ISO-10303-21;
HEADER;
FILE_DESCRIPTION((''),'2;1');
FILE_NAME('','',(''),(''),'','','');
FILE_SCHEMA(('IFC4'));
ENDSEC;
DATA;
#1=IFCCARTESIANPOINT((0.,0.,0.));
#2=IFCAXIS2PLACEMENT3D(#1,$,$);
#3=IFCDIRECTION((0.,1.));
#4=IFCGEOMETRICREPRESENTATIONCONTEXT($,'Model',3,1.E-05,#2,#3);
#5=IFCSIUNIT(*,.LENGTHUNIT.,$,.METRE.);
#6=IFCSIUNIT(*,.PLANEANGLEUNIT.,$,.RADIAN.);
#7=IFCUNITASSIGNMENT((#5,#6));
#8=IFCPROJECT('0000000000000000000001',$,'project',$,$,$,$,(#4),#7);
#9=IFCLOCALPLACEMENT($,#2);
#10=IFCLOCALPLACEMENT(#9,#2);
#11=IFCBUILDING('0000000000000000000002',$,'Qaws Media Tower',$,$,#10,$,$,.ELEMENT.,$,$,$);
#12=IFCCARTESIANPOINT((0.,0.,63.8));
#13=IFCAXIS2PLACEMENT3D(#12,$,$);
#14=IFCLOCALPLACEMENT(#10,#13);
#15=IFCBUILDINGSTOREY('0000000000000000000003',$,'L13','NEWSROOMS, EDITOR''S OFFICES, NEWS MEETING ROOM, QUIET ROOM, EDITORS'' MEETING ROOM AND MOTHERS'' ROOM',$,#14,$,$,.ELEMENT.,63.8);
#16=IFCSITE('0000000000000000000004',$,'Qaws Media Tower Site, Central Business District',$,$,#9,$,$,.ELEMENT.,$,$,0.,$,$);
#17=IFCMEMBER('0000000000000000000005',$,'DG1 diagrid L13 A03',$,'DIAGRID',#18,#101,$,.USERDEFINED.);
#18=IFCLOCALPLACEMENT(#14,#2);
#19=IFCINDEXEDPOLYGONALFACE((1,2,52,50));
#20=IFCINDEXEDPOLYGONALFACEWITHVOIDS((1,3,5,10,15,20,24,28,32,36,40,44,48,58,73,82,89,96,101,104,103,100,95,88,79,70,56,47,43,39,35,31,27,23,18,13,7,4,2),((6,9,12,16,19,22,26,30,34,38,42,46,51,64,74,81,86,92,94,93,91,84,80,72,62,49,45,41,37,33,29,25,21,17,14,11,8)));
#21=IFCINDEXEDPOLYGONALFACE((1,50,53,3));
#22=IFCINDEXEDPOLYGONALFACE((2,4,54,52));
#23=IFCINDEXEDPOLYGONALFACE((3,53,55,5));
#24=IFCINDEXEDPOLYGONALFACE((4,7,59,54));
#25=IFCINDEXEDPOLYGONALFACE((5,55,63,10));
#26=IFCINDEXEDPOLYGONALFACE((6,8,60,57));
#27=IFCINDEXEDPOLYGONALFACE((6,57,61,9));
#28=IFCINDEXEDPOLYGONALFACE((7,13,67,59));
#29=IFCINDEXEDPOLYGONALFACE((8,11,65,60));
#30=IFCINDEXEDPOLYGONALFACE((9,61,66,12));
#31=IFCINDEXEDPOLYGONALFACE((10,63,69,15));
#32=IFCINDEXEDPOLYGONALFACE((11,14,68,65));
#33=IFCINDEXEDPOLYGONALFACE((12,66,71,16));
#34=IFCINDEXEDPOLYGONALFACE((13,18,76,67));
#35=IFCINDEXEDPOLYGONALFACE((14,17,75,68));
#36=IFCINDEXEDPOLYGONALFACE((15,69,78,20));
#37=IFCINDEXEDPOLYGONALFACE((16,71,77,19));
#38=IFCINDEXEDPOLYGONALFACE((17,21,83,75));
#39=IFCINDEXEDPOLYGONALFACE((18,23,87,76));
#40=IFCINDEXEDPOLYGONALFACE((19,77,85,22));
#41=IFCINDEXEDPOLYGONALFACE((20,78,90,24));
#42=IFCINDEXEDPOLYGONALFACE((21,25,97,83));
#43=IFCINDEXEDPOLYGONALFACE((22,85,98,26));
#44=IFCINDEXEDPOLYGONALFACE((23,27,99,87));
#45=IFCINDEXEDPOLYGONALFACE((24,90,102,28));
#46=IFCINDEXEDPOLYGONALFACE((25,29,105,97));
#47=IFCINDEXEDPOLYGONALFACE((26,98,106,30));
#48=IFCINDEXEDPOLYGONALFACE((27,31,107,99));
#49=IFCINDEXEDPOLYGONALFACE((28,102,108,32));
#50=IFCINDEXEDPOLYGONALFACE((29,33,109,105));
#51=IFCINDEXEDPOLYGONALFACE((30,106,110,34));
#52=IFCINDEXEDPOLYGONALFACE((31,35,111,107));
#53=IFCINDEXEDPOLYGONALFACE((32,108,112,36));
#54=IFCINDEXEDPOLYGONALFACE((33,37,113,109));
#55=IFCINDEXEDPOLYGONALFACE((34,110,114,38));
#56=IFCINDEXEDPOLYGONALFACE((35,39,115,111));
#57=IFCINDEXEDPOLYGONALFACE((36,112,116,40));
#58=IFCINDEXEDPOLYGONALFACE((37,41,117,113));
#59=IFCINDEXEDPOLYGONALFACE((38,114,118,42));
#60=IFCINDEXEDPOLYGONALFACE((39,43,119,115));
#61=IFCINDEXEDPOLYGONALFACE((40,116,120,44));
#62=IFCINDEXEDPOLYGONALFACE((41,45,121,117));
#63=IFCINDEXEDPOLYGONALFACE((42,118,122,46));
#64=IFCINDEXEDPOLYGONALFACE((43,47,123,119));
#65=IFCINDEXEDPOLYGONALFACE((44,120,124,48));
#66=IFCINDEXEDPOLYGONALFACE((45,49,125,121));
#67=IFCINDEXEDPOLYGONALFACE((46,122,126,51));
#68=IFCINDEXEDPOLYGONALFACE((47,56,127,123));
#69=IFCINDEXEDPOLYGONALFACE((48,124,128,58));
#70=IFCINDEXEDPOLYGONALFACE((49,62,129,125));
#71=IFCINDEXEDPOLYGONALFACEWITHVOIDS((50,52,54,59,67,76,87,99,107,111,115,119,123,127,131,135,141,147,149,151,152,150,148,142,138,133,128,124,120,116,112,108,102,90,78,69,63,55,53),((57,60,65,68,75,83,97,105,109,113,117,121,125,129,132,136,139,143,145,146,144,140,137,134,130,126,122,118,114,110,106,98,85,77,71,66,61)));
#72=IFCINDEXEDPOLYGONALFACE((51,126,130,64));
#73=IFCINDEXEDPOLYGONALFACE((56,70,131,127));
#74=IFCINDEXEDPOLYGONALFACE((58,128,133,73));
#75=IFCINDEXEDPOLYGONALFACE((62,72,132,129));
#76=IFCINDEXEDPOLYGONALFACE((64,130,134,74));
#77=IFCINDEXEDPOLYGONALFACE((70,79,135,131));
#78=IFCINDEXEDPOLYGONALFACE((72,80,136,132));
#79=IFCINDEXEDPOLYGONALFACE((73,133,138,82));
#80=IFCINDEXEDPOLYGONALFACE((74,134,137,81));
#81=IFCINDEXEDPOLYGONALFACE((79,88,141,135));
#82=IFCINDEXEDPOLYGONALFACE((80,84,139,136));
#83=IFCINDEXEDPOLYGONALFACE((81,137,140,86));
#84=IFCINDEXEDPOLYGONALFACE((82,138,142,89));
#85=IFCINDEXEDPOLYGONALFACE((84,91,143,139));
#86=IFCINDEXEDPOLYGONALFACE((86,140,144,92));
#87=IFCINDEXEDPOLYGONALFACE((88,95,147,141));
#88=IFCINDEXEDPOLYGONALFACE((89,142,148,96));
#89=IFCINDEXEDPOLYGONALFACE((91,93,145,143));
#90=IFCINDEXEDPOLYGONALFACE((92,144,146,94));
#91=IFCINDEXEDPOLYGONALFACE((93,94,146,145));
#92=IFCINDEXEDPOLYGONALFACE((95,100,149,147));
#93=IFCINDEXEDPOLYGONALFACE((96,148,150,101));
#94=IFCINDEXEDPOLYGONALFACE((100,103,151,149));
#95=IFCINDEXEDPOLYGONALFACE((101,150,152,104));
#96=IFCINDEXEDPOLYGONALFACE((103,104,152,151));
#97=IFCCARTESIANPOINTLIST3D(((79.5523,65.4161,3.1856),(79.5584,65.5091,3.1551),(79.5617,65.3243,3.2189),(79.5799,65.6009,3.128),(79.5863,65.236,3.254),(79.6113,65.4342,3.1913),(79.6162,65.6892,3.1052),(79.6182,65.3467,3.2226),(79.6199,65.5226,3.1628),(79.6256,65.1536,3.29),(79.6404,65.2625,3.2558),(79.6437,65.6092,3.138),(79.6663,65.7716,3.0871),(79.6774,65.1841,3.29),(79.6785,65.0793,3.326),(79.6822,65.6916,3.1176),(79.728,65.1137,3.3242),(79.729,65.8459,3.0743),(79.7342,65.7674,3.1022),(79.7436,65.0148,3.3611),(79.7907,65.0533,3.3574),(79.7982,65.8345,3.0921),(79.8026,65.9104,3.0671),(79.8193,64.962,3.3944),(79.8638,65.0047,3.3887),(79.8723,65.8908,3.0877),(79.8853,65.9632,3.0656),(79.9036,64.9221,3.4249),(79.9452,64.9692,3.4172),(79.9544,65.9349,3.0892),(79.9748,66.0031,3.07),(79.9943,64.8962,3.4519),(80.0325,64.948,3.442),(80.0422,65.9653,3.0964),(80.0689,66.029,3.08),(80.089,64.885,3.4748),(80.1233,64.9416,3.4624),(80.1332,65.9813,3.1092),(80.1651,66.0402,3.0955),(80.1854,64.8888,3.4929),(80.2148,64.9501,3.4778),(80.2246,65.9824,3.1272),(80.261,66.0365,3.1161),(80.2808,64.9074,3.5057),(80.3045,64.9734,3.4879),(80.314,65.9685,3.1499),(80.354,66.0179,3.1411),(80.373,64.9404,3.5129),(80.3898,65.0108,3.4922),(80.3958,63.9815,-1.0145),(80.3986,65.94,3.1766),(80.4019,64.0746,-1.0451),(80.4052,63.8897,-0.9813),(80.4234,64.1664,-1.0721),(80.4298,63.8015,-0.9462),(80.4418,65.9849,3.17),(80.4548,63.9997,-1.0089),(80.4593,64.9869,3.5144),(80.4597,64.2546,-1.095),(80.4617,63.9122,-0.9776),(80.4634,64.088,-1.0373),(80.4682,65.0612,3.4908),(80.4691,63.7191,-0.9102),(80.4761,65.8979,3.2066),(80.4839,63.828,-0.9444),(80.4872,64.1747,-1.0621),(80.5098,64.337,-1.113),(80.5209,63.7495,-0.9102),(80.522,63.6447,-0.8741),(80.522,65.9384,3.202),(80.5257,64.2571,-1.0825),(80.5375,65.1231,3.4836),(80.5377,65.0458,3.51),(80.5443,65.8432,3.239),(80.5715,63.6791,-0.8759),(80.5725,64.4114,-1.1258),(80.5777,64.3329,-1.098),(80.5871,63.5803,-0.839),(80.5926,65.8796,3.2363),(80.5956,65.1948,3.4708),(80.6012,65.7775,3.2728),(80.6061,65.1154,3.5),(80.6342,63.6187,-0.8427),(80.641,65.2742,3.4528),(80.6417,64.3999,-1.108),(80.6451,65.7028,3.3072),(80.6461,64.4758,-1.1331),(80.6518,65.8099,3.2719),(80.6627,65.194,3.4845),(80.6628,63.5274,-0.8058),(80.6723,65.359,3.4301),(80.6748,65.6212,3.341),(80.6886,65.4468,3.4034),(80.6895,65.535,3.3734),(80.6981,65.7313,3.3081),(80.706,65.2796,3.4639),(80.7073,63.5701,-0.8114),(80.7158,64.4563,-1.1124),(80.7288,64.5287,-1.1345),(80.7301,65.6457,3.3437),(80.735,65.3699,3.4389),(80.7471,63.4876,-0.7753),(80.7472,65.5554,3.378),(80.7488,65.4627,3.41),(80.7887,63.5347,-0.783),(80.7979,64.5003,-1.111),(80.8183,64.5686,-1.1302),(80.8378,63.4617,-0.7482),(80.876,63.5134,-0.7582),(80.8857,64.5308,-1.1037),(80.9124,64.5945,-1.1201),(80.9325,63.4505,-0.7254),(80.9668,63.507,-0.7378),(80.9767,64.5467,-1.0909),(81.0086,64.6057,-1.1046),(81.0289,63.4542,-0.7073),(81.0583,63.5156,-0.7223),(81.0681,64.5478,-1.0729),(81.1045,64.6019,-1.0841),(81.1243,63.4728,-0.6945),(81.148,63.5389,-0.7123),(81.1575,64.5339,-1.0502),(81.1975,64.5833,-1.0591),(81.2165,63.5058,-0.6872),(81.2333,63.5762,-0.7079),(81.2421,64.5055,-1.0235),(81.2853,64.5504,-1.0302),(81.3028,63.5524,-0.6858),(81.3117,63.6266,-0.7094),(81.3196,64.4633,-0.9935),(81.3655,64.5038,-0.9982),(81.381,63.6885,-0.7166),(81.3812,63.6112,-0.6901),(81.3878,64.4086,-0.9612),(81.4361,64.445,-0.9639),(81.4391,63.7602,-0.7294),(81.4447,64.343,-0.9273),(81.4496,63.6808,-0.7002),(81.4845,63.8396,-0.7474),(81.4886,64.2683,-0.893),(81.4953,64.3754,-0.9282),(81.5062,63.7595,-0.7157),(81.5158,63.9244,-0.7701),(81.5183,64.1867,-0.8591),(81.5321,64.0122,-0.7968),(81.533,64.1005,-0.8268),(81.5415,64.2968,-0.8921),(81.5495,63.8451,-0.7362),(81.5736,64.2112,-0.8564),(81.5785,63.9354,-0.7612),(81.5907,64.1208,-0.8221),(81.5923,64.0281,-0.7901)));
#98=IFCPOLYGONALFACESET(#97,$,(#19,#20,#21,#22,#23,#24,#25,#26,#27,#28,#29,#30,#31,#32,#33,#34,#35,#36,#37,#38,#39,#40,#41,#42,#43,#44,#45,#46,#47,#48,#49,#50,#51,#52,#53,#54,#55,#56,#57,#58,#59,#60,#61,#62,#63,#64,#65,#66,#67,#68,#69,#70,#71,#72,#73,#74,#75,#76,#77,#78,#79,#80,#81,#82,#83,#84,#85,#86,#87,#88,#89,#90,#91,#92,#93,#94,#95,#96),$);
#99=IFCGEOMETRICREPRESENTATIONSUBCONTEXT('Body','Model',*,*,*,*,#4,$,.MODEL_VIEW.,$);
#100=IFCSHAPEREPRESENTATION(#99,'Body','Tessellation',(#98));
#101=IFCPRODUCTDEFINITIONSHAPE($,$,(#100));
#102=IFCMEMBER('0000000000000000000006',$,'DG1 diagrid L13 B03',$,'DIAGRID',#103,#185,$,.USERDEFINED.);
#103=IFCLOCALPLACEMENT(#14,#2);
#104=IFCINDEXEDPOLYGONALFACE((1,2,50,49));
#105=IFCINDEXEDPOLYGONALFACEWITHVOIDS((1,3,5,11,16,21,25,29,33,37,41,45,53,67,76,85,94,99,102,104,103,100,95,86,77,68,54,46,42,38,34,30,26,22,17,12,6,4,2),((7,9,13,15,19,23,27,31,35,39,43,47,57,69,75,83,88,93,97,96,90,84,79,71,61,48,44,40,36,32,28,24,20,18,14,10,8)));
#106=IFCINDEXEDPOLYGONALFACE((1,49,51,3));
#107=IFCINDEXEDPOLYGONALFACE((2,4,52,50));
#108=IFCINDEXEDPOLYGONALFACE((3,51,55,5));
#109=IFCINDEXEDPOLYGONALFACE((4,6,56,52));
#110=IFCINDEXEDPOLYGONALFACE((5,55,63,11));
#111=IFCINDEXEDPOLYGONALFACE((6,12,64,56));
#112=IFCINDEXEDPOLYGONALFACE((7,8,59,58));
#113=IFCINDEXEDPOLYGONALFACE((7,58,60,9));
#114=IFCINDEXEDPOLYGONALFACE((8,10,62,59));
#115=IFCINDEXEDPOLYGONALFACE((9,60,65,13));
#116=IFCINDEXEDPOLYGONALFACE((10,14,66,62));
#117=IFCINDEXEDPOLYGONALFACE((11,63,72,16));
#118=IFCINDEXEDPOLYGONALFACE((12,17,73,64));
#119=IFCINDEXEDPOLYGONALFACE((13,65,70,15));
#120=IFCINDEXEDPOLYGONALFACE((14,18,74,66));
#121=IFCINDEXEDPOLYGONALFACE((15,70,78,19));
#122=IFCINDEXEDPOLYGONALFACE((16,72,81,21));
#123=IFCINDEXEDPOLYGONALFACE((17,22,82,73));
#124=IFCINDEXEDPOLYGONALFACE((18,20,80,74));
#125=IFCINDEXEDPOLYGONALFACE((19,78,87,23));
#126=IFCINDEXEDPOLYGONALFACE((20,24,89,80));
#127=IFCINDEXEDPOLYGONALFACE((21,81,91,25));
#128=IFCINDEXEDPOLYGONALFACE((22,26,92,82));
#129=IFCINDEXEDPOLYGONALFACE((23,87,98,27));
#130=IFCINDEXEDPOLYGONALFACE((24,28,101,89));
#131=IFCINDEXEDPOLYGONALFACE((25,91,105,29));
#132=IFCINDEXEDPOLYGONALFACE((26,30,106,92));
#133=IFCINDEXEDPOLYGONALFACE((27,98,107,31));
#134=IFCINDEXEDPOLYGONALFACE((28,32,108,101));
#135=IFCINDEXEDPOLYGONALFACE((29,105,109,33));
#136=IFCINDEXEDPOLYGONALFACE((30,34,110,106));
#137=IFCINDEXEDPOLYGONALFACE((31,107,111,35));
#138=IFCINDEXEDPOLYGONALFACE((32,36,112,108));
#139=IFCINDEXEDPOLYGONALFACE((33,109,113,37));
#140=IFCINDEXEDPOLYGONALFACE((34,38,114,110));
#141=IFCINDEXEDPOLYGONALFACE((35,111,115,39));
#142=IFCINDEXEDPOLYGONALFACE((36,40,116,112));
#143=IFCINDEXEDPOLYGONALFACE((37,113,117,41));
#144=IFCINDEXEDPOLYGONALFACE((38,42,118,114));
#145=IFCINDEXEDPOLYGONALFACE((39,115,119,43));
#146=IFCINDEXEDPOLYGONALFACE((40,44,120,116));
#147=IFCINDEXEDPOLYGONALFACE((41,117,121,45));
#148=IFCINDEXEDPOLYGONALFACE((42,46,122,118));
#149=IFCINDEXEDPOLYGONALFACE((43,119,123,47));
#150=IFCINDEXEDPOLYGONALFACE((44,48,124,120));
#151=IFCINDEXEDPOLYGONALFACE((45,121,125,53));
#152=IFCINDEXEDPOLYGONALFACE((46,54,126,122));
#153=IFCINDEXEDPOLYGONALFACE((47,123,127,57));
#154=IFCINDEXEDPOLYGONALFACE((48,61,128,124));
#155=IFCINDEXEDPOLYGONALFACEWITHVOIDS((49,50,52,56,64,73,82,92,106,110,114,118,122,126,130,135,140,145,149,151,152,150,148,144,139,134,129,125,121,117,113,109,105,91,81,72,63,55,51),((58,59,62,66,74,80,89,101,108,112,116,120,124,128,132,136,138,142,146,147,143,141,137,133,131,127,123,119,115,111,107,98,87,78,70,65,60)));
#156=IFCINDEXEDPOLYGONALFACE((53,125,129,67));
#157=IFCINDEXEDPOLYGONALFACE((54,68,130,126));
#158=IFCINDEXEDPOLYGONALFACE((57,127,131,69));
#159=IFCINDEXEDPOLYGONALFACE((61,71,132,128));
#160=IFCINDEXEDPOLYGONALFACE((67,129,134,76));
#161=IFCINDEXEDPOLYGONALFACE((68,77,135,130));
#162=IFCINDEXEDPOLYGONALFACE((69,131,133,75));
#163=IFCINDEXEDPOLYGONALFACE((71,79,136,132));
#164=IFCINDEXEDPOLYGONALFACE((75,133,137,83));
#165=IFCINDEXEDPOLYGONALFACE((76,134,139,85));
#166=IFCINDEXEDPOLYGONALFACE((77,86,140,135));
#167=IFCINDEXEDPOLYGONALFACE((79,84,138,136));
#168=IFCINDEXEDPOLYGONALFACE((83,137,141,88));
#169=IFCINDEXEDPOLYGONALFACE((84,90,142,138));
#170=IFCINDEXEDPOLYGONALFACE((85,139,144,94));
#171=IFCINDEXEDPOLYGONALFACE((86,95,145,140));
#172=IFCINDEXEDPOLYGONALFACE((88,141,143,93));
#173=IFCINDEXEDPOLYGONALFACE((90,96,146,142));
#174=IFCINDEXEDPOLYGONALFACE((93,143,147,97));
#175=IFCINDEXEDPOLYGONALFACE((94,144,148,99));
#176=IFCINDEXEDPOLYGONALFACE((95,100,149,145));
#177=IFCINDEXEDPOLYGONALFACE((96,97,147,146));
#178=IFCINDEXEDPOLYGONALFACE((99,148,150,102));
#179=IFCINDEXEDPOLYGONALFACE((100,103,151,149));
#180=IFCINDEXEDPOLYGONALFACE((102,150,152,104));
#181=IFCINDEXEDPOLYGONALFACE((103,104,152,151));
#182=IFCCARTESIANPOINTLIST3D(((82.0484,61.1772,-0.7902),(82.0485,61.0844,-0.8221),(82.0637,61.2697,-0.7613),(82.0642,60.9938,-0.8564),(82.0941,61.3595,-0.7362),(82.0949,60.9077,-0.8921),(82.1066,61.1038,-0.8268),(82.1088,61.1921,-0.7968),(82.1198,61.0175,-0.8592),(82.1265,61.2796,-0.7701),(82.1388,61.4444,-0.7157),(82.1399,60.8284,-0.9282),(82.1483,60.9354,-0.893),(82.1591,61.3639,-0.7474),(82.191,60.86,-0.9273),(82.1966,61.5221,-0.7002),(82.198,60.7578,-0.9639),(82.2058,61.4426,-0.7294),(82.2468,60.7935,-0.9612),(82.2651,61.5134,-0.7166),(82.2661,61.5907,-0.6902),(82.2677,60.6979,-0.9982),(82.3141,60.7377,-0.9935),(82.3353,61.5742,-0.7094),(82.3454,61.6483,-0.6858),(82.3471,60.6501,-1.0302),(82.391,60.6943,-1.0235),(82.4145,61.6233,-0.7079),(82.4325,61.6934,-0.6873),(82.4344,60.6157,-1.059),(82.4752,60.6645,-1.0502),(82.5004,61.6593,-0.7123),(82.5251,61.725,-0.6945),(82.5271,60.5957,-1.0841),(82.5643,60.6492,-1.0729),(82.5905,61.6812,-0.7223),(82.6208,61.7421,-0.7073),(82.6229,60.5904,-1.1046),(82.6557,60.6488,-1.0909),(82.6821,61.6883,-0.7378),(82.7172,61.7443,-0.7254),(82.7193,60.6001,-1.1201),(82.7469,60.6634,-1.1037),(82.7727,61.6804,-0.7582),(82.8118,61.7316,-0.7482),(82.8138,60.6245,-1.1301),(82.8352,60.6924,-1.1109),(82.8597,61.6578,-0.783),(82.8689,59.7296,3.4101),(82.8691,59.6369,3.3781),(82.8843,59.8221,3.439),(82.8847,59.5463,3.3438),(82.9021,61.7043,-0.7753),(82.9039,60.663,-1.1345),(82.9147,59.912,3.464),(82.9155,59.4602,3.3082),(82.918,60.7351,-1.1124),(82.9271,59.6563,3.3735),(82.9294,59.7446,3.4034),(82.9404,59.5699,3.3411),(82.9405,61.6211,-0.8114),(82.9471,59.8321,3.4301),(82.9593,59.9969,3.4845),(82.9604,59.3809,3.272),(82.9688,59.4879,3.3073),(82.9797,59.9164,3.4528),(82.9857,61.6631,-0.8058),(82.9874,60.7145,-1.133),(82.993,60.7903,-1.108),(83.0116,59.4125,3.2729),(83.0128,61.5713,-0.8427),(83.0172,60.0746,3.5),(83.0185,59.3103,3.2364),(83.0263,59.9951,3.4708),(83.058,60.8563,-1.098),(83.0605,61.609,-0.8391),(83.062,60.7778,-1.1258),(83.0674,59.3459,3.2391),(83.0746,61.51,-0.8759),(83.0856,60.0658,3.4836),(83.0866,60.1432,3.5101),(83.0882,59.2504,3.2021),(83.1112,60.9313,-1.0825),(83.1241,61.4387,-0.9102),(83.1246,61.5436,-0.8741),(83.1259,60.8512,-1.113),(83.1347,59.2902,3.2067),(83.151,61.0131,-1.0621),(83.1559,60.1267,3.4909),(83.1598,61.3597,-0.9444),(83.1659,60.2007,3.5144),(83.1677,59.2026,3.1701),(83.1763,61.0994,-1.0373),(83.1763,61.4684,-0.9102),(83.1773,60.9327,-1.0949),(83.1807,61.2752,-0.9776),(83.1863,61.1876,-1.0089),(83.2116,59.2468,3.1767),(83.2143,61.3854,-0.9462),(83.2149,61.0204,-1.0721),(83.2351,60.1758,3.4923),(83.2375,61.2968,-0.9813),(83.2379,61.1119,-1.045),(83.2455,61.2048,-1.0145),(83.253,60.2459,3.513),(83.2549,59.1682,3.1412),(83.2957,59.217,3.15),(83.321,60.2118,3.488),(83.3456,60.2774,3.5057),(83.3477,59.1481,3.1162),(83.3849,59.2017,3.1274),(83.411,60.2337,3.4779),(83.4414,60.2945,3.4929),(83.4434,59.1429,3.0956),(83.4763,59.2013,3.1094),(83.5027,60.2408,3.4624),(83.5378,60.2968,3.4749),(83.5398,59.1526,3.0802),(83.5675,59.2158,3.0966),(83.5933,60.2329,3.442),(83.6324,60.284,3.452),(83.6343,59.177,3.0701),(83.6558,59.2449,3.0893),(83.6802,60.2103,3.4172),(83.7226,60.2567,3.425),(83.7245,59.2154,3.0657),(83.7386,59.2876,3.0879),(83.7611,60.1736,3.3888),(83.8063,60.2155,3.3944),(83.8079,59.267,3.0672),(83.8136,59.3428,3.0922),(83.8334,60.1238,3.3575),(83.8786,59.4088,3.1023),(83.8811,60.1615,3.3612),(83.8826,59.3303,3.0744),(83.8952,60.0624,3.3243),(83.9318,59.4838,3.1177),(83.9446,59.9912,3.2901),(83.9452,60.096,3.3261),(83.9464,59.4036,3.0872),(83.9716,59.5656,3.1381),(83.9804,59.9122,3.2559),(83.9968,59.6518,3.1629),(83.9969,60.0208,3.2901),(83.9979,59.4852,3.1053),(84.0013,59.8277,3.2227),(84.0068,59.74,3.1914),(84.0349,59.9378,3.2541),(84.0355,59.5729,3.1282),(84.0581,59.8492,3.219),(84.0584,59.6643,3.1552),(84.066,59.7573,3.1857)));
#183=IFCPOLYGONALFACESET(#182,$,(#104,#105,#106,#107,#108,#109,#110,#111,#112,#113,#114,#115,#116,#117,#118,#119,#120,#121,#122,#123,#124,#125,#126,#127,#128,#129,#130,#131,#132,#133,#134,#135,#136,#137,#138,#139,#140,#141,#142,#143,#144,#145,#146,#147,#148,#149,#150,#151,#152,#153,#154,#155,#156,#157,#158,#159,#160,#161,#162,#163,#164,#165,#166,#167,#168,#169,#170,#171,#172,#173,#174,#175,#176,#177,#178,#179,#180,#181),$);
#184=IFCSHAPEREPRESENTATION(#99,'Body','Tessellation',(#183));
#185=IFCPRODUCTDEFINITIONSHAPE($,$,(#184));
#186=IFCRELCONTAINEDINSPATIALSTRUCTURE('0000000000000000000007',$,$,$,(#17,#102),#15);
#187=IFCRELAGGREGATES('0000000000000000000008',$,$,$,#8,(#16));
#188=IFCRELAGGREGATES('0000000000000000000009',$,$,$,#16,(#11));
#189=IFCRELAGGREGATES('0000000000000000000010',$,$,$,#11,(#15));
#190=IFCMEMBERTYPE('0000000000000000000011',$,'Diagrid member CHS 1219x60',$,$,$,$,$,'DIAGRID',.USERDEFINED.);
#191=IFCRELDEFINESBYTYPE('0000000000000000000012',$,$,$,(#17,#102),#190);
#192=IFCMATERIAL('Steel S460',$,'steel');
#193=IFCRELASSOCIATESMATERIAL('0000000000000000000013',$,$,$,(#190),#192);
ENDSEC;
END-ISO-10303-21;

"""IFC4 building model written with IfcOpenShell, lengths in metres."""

from ifc_helpers import new_model, si_unit, direction, frame, origin, origin_2d, place, context, subcontext, project, spatial, hollow_circle, extrude, material, material_profile, profile_set, type_object, element, save


model = new_model("IFC4")

# Units and contexts
model_context = context("Model", 3, precision=1e-05, world=origin(), true_north=direction((0.0, 1.0)))
body_context = subcontext(model_context, "Body", "Model", "MODEL_VIEW")
ifc_project = project(units=[si_unit("LENGTHUNIT", "METRE"), si_unit("PLANEANGLEUNIT", "RADIAN")], contexts=[model_context])

# Site, building, storey
site_placement = place(None, origin())
site = spatial("IfcSite", under=ifc_project, at=site_placement, Name="Qaws Media Tower Site, Central Business District", CompositionType="ELEMENT", RefElevation=0.0)
building_placement = place(site_placement, origin())
building = spatial("IfcBuilding", under=site, at=building_placement, Name="Qaws Media Tower", CompositionType="ELEMENT")
storey_placement = place(building_placement, frame((0.0, 0.0, 63.8)))
storey = spatial("IfcBuildingStorey", under=building, at=storey_placement, Name="L13", Description="NEWSROOMS, EDITOR'S OFFICES, NEWS MEETING ROOM, QUIET ROOM, EDITORS' MEETING ROOM AND MOTHERS' ROOM", CompositionType="ELEMENT", Elevation=63.8)

# Members
ifc_material_1 = material(Name="Steel S460", Category="steel")
ifc_material_profile_1 = material_profile(ifc_material_1, hollow_circle(Radius=0.6096, WallThickness=0.0601, at=origin_2d()), Name="CHS 1219x60")
ifc_profile_set_1 = profile_set([ifc_material_profile_1], Name="Steel S460")
member_type_1 = type_object("IfcMemberType", Name="Diagrid member CHS 1219x60", ElementType="DIAGRID", PredefinedType="USERDEFINED", material=ifc_profile_set_1)
for number, where, z_axis, x_axis, name in (
    (1, (80.9946, 64.0281, -0.9102), (-0.186704, 0.317533, 0.929685), (-0.862028, -0.50686, 0.0), "DG1 diagrid L13 A03"),
    (2, (82.646, 61.1677, -0.9102), (0.181629, -0.320404, 0.929706), (0.869945, 0.49315, 0.0), "DG1 diagrid L13 B03"),
):
    element("IfcMember", number, at=place(storey_placement, frame(where, z_axis=z_axis, x_axis=x_axis)), inside=storey, type_object=member_type_1, Name=name, ObjectType="DIAGRID", PredefinedType="USERDEFINED", context=body_context, shape_type="SweptSolid", body=[
        extrude(hollow_circle(Radius=0.6096, WallThickness=0.0601, at=origin_2d()), origin(), (0.0, 0.0, 1.0), 4.5178),
    ])

save(model, "model.ifc")
